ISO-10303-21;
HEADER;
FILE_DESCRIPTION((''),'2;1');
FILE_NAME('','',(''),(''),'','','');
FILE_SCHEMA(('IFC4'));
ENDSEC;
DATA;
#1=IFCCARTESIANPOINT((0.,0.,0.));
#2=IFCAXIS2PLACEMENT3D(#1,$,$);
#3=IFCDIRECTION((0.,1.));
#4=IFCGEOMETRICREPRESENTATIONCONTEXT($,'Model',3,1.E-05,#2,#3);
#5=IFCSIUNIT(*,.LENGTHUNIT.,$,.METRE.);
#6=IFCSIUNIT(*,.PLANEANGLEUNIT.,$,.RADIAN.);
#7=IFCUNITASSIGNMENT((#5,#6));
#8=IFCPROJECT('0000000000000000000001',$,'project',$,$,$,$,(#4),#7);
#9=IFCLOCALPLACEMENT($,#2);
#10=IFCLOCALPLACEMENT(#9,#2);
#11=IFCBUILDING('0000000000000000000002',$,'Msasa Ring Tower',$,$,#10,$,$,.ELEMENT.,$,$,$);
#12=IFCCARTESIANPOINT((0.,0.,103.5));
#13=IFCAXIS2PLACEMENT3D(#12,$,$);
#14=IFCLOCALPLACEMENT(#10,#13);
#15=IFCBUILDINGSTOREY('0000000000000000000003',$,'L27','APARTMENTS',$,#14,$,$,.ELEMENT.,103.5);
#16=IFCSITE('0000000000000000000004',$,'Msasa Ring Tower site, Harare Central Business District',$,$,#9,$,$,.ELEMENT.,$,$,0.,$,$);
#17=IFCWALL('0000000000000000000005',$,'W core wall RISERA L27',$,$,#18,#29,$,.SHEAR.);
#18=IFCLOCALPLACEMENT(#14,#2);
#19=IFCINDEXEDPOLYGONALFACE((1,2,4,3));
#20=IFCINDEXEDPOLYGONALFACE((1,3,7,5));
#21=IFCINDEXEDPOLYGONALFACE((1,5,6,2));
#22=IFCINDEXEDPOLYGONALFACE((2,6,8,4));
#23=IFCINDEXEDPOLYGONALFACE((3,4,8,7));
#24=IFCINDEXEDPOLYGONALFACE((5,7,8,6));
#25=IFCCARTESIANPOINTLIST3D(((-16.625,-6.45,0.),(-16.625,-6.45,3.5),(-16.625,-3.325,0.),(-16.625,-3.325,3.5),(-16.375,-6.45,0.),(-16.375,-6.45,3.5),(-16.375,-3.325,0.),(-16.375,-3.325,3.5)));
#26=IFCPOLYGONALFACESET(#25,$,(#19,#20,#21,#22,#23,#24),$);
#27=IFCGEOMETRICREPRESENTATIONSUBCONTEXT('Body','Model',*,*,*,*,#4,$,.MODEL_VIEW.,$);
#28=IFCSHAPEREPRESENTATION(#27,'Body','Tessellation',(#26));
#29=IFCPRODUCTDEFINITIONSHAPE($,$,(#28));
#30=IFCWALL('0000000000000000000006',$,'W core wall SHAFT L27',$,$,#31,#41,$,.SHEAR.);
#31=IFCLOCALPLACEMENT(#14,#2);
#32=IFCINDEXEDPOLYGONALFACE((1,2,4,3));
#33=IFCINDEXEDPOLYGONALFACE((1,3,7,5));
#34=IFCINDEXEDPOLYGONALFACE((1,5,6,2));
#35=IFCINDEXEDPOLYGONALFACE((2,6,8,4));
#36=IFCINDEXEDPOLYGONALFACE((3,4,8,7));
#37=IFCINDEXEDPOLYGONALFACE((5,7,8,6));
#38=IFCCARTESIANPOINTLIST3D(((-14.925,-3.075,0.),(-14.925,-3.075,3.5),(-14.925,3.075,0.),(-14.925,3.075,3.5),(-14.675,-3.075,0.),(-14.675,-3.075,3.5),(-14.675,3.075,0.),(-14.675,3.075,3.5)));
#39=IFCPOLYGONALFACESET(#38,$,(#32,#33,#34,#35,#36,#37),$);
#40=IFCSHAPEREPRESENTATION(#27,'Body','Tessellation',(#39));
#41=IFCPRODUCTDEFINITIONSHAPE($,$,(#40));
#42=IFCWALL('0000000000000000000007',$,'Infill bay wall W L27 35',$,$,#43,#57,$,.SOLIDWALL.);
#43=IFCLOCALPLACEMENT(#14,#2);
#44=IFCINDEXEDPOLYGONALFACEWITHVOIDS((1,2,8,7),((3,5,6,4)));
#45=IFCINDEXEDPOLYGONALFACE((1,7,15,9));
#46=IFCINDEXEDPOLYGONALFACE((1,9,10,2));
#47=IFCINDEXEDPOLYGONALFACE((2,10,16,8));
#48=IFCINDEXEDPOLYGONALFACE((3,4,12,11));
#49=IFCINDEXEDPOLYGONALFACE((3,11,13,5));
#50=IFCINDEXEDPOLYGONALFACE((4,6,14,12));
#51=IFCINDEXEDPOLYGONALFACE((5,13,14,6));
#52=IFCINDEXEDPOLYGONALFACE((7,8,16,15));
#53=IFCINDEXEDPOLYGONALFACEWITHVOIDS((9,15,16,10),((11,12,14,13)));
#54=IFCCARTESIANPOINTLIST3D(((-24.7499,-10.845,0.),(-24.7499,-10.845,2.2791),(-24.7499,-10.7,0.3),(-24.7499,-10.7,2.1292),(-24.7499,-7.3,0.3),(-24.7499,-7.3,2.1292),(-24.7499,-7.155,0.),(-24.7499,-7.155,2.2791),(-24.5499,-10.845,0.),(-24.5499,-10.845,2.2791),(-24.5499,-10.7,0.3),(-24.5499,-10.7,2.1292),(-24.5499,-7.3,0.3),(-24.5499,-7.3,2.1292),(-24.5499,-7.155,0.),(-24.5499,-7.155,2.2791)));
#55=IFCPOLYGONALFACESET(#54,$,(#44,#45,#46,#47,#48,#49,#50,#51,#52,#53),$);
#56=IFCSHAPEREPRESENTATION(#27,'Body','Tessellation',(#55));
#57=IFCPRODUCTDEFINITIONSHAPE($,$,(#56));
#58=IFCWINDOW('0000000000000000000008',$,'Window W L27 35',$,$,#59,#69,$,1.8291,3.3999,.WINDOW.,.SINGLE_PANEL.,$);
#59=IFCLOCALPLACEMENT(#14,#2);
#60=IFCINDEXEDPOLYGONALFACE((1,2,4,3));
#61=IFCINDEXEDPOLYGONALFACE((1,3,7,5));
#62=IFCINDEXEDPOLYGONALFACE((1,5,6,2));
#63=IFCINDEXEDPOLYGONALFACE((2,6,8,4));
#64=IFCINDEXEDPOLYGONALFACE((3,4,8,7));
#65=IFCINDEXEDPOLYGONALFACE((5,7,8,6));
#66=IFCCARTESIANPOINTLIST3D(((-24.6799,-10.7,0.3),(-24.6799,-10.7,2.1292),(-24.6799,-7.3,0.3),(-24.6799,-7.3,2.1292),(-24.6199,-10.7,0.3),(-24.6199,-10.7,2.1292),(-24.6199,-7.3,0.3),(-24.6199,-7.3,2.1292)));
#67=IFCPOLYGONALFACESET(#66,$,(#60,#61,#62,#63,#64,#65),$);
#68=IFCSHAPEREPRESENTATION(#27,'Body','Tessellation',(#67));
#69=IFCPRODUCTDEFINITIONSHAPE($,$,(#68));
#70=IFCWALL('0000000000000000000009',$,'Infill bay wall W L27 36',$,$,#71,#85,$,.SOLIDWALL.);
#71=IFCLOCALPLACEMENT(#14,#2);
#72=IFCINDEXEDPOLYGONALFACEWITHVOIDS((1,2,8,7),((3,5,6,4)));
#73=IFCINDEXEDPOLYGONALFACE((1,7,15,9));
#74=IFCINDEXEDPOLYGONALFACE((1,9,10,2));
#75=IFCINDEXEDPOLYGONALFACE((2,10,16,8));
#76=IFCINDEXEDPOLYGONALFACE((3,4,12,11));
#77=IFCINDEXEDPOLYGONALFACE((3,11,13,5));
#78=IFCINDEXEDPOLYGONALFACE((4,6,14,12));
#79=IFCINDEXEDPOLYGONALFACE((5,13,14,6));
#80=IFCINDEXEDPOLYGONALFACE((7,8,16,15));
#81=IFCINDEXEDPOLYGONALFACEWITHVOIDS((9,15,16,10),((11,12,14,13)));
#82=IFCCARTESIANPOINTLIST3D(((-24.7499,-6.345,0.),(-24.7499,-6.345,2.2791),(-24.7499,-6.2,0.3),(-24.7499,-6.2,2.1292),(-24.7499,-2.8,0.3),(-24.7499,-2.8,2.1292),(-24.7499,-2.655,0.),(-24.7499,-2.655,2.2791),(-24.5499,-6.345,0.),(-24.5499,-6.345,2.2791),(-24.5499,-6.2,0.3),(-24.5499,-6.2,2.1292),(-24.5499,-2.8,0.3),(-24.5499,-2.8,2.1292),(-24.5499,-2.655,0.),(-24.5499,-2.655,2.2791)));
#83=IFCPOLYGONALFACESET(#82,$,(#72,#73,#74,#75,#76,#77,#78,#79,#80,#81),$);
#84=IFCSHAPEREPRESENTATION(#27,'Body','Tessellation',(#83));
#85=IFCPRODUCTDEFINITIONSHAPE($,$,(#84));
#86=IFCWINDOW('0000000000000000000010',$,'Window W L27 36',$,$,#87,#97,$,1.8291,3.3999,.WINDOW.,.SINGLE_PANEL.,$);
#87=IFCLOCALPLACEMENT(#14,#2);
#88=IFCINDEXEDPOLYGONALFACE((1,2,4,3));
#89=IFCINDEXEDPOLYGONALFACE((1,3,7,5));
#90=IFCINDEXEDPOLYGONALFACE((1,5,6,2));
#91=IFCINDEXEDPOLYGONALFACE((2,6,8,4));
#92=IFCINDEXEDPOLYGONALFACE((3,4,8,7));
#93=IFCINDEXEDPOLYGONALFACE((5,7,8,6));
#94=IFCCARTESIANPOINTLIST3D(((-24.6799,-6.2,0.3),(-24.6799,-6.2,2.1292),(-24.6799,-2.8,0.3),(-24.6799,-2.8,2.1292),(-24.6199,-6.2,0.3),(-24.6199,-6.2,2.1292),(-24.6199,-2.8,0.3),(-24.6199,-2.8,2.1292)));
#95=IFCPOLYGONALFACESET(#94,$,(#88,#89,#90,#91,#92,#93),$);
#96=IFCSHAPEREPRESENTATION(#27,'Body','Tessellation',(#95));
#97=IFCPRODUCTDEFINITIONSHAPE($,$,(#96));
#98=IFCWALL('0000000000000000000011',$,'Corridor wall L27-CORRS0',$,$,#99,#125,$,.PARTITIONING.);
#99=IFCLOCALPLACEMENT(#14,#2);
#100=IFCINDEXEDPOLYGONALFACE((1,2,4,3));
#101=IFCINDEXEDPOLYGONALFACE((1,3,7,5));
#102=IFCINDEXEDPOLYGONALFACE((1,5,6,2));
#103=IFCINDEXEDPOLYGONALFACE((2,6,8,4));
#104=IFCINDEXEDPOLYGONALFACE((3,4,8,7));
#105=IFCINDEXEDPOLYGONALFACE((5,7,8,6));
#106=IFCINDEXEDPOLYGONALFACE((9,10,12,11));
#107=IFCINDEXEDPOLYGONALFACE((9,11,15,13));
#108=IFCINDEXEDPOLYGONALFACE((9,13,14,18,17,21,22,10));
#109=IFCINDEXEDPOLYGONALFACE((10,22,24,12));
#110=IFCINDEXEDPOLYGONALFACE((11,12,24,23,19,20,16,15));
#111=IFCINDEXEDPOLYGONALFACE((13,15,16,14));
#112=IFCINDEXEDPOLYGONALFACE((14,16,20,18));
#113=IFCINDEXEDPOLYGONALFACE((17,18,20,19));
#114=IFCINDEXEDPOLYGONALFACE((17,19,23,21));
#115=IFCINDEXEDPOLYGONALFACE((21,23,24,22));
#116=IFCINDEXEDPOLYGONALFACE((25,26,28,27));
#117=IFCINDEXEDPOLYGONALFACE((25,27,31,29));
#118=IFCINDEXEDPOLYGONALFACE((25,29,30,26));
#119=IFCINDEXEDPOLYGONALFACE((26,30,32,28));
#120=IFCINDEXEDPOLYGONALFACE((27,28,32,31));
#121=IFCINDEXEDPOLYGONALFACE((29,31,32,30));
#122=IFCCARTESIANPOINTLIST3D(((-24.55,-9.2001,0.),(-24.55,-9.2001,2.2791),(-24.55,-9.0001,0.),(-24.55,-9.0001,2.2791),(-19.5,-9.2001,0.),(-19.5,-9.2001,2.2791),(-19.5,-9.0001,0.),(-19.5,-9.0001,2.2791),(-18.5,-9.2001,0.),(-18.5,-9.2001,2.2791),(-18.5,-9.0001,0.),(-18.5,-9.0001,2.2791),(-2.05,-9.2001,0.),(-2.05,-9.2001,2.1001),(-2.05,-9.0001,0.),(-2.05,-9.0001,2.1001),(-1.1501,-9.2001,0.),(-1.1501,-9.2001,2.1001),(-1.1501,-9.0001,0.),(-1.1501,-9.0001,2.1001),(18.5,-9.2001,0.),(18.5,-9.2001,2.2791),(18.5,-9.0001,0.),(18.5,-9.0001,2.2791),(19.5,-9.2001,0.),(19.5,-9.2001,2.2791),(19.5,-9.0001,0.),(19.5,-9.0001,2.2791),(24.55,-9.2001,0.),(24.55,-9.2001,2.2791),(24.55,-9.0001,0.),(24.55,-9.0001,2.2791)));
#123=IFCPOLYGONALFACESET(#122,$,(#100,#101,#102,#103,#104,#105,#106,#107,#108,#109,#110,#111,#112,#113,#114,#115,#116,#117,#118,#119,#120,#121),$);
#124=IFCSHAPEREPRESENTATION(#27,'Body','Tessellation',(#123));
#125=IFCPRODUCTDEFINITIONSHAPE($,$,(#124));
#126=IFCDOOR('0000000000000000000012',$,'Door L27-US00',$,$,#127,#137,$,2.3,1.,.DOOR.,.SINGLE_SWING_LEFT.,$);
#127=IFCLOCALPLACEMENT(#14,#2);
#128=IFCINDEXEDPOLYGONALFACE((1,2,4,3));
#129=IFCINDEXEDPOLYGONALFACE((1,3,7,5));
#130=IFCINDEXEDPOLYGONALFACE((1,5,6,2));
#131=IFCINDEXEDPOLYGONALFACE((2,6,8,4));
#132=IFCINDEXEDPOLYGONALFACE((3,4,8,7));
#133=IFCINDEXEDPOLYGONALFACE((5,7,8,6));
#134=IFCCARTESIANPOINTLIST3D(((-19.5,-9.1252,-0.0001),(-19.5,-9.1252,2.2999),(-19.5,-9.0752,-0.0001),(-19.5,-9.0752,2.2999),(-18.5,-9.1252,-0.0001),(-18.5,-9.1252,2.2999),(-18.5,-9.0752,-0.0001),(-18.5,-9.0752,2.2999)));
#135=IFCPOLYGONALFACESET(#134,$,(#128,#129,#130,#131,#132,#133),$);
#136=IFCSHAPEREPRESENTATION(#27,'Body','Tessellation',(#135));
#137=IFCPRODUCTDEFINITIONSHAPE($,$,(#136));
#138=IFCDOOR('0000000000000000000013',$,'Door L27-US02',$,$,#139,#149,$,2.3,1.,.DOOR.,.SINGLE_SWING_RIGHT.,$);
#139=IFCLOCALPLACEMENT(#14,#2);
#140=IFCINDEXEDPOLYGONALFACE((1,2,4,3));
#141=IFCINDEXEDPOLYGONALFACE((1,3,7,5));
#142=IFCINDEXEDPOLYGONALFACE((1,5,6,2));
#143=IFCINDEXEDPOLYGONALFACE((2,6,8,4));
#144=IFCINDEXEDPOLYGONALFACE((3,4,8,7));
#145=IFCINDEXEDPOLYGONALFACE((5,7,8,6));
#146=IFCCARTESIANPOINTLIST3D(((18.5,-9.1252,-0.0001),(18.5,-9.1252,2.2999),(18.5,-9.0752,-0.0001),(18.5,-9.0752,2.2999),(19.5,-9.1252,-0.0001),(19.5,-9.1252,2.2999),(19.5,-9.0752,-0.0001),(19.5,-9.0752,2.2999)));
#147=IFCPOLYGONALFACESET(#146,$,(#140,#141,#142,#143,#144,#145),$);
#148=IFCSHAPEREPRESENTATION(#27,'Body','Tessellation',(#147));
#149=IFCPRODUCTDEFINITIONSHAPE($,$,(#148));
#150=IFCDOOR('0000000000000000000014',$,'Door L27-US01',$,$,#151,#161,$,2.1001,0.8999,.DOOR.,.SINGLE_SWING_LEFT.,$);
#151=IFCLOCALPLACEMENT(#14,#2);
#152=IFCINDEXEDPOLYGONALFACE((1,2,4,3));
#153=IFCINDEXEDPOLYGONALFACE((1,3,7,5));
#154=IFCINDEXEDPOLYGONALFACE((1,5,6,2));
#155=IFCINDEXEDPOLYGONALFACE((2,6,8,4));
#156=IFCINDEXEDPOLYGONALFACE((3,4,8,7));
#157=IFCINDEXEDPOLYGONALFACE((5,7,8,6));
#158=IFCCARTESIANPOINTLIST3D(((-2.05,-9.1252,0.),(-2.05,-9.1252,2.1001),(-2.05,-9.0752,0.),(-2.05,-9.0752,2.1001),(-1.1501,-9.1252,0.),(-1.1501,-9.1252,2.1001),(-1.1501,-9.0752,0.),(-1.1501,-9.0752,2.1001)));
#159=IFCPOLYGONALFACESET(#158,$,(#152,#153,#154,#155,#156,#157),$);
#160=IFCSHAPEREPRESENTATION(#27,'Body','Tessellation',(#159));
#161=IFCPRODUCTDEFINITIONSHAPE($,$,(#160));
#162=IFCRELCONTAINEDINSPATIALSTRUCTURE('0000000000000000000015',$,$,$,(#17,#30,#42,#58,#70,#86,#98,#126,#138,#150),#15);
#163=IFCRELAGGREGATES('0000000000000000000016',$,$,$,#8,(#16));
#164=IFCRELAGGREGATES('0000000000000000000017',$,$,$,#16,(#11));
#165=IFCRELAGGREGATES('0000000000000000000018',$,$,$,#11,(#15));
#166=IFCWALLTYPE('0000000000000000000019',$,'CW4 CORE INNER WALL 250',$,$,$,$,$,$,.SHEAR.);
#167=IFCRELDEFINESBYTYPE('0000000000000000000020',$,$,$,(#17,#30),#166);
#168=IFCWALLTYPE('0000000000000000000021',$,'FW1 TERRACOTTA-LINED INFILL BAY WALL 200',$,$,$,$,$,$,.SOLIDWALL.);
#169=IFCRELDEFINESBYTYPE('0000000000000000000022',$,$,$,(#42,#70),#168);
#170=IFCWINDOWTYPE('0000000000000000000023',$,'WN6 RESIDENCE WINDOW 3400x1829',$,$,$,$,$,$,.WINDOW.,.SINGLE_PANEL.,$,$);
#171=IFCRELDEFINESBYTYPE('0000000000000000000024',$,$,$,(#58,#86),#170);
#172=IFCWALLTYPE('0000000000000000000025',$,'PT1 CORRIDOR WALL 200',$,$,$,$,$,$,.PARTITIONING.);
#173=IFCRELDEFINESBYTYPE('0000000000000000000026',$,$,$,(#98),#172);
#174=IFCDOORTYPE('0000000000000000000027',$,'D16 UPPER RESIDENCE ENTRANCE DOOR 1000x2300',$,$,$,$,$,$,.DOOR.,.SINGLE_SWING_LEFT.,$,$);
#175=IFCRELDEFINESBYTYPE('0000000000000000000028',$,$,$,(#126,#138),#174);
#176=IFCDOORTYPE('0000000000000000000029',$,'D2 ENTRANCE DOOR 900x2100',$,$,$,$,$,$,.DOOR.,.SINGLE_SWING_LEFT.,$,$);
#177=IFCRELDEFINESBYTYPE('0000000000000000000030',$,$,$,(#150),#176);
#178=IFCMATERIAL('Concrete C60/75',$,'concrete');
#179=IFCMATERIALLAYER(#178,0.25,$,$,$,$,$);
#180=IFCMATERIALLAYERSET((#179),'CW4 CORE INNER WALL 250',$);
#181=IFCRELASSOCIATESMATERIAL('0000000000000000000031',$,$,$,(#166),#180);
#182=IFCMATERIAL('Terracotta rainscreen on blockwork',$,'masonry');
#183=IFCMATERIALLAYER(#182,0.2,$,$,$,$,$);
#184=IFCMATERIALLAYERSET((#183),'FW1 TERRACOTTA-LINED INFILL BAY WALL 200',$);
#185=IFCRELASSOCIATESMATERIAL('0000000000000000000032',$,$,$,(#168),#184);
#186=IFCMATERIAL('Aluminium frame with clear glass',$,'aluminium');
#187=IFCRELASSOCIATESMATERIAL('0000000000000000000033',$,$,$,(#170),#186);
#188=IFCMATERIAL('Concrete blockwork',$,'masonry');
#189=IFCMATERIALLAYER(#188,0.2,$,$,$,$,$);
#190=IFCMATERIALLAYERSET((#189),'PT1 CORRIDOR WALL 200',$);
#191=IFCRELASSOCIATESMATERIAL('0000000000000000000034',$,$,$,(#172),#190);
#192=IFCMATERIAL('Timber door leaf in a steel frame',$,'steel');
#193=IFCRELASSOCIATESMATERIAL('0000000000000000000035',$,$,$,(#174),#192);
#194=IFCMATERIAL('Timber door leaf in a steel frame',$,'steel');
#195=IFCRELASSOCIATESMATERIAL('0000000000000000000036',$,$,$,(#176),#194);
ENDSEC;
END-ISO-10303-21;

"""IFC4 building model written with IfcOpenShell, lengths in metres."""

from ifc_helpers import new_model, si_unit, direction, frame, frame_2d, origin, place, context, subcontext, project, spatial, rectangle, extrude, material, layer, layer_set, type_object, element, fill, save


model = new_model("IFC4")

# Units and contexts
model_context = context("Model", 3, precision=1e-05, world=origin(), true_north=direction((0.0, 1.0)))
body_context = subcontext(model_context, "Body", "Model", "MODEL_VIEW")
ifc_project = project(units=[si_unit("LENGTHUNIT", "METRE"), si_unit("PLANEANGLEUNIT", "RADIAN")], contexts=[model_context])

# Site, building, storey
site_placement = place(None, origin())
site = spatial("IfcSite", under=ifc_project, at=site_placement, Name="Msasa Ring Tower site, Harare Central Business District", CompositionType="ELEMENT", RefElevation=0.0)
building_placement = place(site_placement, origin())
building = spatial("IfcBuilding", under=site, at=building_placement, Name="Msasa Ring Tower", CompositionType="ELEMENT")
storey_placement = place(building_placement, frame((0.0, 0.0, 103.5)))
storey = spatial("IfcBuildingStorey", under=building, at=storey_placement, Name="L27", Description="APARTMENTS", CompositionType="ELEMENT", Elevation=103.5)

# Walls
ifc_material_1 = material(Name="Concrete C60/75", Category="concrete")
ifc_layer_1 = layer(ifc_material_1, 0.25)
ifc_layer_set_1 = layer_set([ifc_layer_1], Name="CW4 CORE INNER WALL 250")
wall_type_1 = type_object("IfcWallType", Name="CW4 CORE INNER WALL 250", PredefinedType="SHEAR", material=ifc_layer_set_1)
wall_1_placement = place(storey_placement, frame((-16.5, -6.45, 0.0), z_axis=(0.0, 0.0, 1.0), x_axis=(0.0, 1.0, 0.0)))
element("IfcWall", 1, at=wall_1_placement, inside=storey, type_object=wall_type_1, Name="W core wall RISERA L27", PredefinedType="SHEAR", context=body_context, shape_type="SweptSolid", body=[
    extrude(rectangle(XDim=3.125, YDim=0.25, at=frame_2d((1.5625, 0.0))), origin(), (0.0, 0.0, 1.0), 3.5),
])
wall_2_placement = place(storey_placement, frame((-14.8, -3.075, 0.0), z_axis=(0.0, 0.0, 1.0), x_axis=(0.0, 1.0, 0.0)))
element("IfcWall", 2, at=wall_2_placement, inside=storey, type_object=wall_type_1, Name="W core wall SHAFT L27", PredefinedType="SHEAR", context=body_context, shape_type="SweptSolid", body=[
    extrude(rectangle(XDim=6.1499, YDim=0.25, at=frame_2d((3.075, 0.0))), origin(), (0.0, 0.0, 1.0), 3.5),
])

# Walls, openings, windows
ifc_material_2 = material(Name="Terracotta rainscreen on blockwork", Category="masonry")
ifc_layer_2 = layer(ifc_material_2, 0.2)
ifc_layer_set_2 = layer_set([ifc_layer_2], Name="FW1 TERRACOTTA-LINED INFILL BAY WALL 200")
wall_type_2 = type_object("IfcWallType", Name="FW1 TERRACOTTA-LINED INFILL BAY WALL 200", PredefinedType="SOLIDWALL", material=ifc_layer_set_2)
wall_3_placement = place(storey_placement, frame((-24.6499, -10.845, 0.0), z_axis=(0.0, 0.0, 1.0), x_axis=(0.0, 1.0, 0.0)))
wall_3 = element("IfcWall", 3, at=wall_3_placement, inside=storey, type_object=wall_type_2, Name="Infill bay wall W L27 35", PredefinedType="SOLIDWALL", context=body_context, shape_type="SweptSolid", body=[
    extrude(rectangle(XDim=3.6899, YDim=0.2, at=frame_2d((1.845, 0.0))), origin(), (0.0, 0.0, 1.0), 2.2791),
])
opening_1_placement = place(wall_3_placement, frame((0.145, 0.0, 0.3)))
opening_1 = element("IfcOpeningElement", 4, at=opening_1_placement, cuts=wall_3, PredefinedType="OPENING", context=body_context, shape_type="SweptSolid", body=[
    extrude(rectangle(XDim=3.3999, YDim=1.8291, at=frame_2d((1.7, 0.9146))), frame((0.0, 0.1099, 0.0), z_axis=(0.0, -1.0, 0.0), x_axis=(1.0, 0.0, 0.0)), (0.0, 0.0, 1.0), 0.22),
])
ifc_material_3 = material(Name="Aluminium frame with clear glass", Category="aluminium")
window_type = type_object("IfcWindowType", Name="WN6 RESIDENCE WINDOW 3400x1829", PartitioningType="SINGLE_PANEL", PredefinedType="WINDOW", material=ifc_material_3)
window_1_placement = place(opening_1_placement, origin())
window_1 = element("IfcWindow", 5, at=window_1_placement, inside=storey, type_object=window_type, Name="Window W L27 35", OverallHeight=1.8291, OverallWidth=3.3999, PartitioningType="SINGLE_PANEL", PredefinedType="WINDOW", context=body_context, shape_type="SweptSolid", body=[
    extrude(rectangle(XDim=3.3999, YDim=1.8291, at=frame_2d((1.7, 0.9146))), frame((0.0, 0.03, 0.0), z_axis=(0.0, -1.0, 0.0), x_axis=(1.0, 0.0, 0.0)), (0.0, 0.0, 1.0), 0.0601),
])
fill(opening_1, window_1)
wall_4_placement = place(storey_placement, frame((-24.6499, -6.345, 0.0), z_axis=(0.0, 0.0, 1.0), x_axis=(0.0, 1.0, 0.0)))
wall_4 = element("IfcWall", 6, at=wall_4_placement, inside=storey, type_object=wall_type_2, Name="Infill bay wall W L27 36", PredefinedType="SOLIDWALL", context=body_context, shape_type="SweptSolid", body=[
    extrude(rectangle(XDim=3.6899, YDim=0.2, at=frame_2d((1.845, 0.0))), origin(), (0.0, 0.0, 1.0), 2.2791),
])
opening_2_placement = place(wall_4_placement, frame((0.145, 0.0, 0.3)))
opening_2 = element("IfcOpeningElement", 7, at=opening_2_placement, cuts=wall_4, PredefinedType="OPENING", context=body_context, shape_type="SweptSolid", body=[
    extrude(rectangle(XDim=3.3999, YDim=1.8291, at=frame_2d((1.7, 0.9146))), frame((0.0, 0.1099, 0.0), z_axis=(0.0, -1.0, 0.0), x_axis=(1.0, 0.0, 0.0)), (0.0, 0.0, 1.0), 0.22),
])
window_2_placement = place(opening_2_placement, origin())
window_2 = element("IfcWindow", 8, at=window_2_placement, inside=storey, type_object=window_type, Name="Window W L27 36", OverallHeight=1.8291, OverallWidth=3.3999, PartitioningType="SINGLE_PANEL", PredefinedType="WINDOW", context=body_context, shape_type="SweptSolid", body=[
    extrude(rectangle(XDim=3.3999, YDim=1.8291, at=frame_2d((1.7, 0.9146))), frame((0.0, 0.03, 0.0), z_axis=(0.0, -1.0, 0.0), x_axis=(1.0, 0.0, 0.0)), (0.0, 0.0, 1.0), 0.0601),
])
fill(opening_2, window_2)

# Wall, openings, doors
ifc_material_4 = material(Name="Concrete blockwork", Category="masonry")
ifc_layer_3 = layer(ifc_material_4, 0.2)
ifc_layer_set_3 = layer_set([ifc_layer_3], Name="PT1 CORRIDOR WALL 200")
wall_type_3 = type_object("IfcWallType", Name="PT1 CORRIDOR WALL 200", PredefinedType="PARTITIONING", material=ifc_layer_set_3)
wall_5_placement = place(storey_placement, frame((-24.55, -9.1001, 0.0), z_axis=(0.0, 0.0, 1.0), x_axis=(1.0, 0.0, 0.0)))
wall_5 = element("IfcWall", 9, at=wall_5_placement, inside=storey, type_object=wall_type_3, Name="Corridor wall L27-CORRS0", PredefinedType="PARTITIONING", context=body_context, shape_type="SweptSolid", body=[
    extrude(rectangle(XDim=49.1001, YDim=0.2, at=frame_2d((24.55, 0.0))), origin(), (0.0, 0.0, 1.0), 2.2791),
])
opening_3_placement = place(wall_5_placement, frame((5.05, 0.0, 0.0)))
opening_3 = element("IfcOpeningElement", 10, at=opening_3_placement, cuts=wall_5, PredefinedType="OPENING", context=body_context, shape_type="SweptSolid", body=[
    extrude(rectangle(XDim=1.0, YDim=2.3, at=frame_2d((0.5, 1.1499))), frame((0.0, 0.1099, 0.0), z_axis=(0.0, -1.0, 0.0), x_axis=(1.0, 0.0, 0.0)), (0.0, 0.0, 1.0), 0.22),
])
opening_4_placement = place(wall_5_placement, frame((22.5, 0.0, 0.0)))
opening_4 = element("IfcOpeningElement", 11, at=opening_4_placement, cuts=wall_5, PredefinedType="OPENING", context=body_context, shape_type="SweptSolid", body=[
    extrude(rectangle(XDim=0.8999, YDim=2.1001, at=frame_2d((0.45, 1.05))), frame((0.0, 0.1099, 0.0), z_axis=(0.0, -1.0, 0.0), x_axis=(1.0, 0.0, 0.0)), (0.0, 0.0, 1.0), 0.22),
])
opening_5_placement = place(wall_5_placement, frame((43.05, 0.0, 0.0)))
opening_5 = element("IfcOpeningElement", 12, at=opening_5_placement, cuts=wall_5, PredefinedType="OPENING", context=body_context, shape_type="SweptSolid", body=[
    extrude(rectangle(XDim=1.0, YDim=2.3, at=frame_2d((0.5, 1.1499))), frame((0.0, 0.1099, 0.0), z_axis=(0.0, -1.0, 0.0), x_axis=(1.0, 0.0, 0.0)), (0.0, 0.0, 1.0), 0.22),
])
ifc_material_5 = material(Name="Timber door leaf in a steel frame", Category="steel")
door_type_1 = type_object("IfcDoorType", Name="D16 UPPER RESIDENCE ENTRANCE DOOR 1000x2300", OperationType="SINGLE_SWING_LEFT", PredefinedType="DOOR", material=ifc_material_5)
door_1_placement = place(opening_3_placement, origin())
door_1 = element("IfcDoor", 13, at=door_1_placement, inside=storey, type_object=door_type_1, Name="Door L27-US00", OperationType="SINGLE_SWING_LEFT", OverallHeight=2.3, OverallWidth=1.0, PredefinedType="DOOR", context=body_context, shape_type="SweptSolid", body=[
    extrude(rectangle(XDim=1.0, YDim=2.3, at=frame_2d((0.5, 1.1499))), frame((0.0, 0.0249, 0.0), z_axis=(0.0, -1.0, 0.0), x_axis=(1.0, 0.0, 0.0)), (0.0, 0.0, 1.0), 0.05),
])
fill(opening_3, door_1)
door_2_placement = place(opening_5_placement, origin())
door_2 = element("IfcDoor", 14, at=door_2_placement, inside=storey, type_object=door_type_1, Name="Door L27-US02", OperationType="SINGLE_SWING_RIGHT", OverallHeight=2.3, OverallWidth=1.0, PredefinedType="DOOR", context=body_context, shape_type="SweptSolid", body=[
    extrude(rectangle(XDim=1.0, YDim=2.3, at=frame_2d((0.5, 1.1499))), frame((0.0, 0.0249, 0.0), z_axis=(0.0, -1.0, 0.0), x_axis=(1.0, 0.0, 0.0)), (0.0, 0.0, 1.0), 0.05),
])
fill(opening_5, door_2)
ifc_material_6 = material(Name="Timber door leaf in a steel frame", Category="steel")
door_type_2 = type_object("IfcDoorType", Name="D2 ENTRANCE DOOR 900x2100", OperationType="SINGLE_SWING_LEFT", PredefinedType="DOOR", material=ifc_material_6)
door_3_placement = place(opening_4_placement, origin())
door_3 = element("IfcDoor", 15, at=door_3_placement, inside=storey, type_object=door_type_2, Name="Door L27-US01", OperationType="SINGLE_SWING_LEFT", OverallHeight=2.1001, OverallWidth=0.8999, PredefinedType="DOOR", context=body_context, shape_type="SweptSolid", body=[
    extrude(rectangle(XDim=0.8999, YDim=2.1001, at=frame_2d((0.45, 1.05))), frame((0.0, 0.0249, 0.0), z_axis=(0.0, -1.0, 0.0), x_axis=(1.0, 0.0, 0.0)), (0.0, 0.0, 1.0), 0.05),
])
fill(opening_4, door_3)

save(model, "model.ifc")
